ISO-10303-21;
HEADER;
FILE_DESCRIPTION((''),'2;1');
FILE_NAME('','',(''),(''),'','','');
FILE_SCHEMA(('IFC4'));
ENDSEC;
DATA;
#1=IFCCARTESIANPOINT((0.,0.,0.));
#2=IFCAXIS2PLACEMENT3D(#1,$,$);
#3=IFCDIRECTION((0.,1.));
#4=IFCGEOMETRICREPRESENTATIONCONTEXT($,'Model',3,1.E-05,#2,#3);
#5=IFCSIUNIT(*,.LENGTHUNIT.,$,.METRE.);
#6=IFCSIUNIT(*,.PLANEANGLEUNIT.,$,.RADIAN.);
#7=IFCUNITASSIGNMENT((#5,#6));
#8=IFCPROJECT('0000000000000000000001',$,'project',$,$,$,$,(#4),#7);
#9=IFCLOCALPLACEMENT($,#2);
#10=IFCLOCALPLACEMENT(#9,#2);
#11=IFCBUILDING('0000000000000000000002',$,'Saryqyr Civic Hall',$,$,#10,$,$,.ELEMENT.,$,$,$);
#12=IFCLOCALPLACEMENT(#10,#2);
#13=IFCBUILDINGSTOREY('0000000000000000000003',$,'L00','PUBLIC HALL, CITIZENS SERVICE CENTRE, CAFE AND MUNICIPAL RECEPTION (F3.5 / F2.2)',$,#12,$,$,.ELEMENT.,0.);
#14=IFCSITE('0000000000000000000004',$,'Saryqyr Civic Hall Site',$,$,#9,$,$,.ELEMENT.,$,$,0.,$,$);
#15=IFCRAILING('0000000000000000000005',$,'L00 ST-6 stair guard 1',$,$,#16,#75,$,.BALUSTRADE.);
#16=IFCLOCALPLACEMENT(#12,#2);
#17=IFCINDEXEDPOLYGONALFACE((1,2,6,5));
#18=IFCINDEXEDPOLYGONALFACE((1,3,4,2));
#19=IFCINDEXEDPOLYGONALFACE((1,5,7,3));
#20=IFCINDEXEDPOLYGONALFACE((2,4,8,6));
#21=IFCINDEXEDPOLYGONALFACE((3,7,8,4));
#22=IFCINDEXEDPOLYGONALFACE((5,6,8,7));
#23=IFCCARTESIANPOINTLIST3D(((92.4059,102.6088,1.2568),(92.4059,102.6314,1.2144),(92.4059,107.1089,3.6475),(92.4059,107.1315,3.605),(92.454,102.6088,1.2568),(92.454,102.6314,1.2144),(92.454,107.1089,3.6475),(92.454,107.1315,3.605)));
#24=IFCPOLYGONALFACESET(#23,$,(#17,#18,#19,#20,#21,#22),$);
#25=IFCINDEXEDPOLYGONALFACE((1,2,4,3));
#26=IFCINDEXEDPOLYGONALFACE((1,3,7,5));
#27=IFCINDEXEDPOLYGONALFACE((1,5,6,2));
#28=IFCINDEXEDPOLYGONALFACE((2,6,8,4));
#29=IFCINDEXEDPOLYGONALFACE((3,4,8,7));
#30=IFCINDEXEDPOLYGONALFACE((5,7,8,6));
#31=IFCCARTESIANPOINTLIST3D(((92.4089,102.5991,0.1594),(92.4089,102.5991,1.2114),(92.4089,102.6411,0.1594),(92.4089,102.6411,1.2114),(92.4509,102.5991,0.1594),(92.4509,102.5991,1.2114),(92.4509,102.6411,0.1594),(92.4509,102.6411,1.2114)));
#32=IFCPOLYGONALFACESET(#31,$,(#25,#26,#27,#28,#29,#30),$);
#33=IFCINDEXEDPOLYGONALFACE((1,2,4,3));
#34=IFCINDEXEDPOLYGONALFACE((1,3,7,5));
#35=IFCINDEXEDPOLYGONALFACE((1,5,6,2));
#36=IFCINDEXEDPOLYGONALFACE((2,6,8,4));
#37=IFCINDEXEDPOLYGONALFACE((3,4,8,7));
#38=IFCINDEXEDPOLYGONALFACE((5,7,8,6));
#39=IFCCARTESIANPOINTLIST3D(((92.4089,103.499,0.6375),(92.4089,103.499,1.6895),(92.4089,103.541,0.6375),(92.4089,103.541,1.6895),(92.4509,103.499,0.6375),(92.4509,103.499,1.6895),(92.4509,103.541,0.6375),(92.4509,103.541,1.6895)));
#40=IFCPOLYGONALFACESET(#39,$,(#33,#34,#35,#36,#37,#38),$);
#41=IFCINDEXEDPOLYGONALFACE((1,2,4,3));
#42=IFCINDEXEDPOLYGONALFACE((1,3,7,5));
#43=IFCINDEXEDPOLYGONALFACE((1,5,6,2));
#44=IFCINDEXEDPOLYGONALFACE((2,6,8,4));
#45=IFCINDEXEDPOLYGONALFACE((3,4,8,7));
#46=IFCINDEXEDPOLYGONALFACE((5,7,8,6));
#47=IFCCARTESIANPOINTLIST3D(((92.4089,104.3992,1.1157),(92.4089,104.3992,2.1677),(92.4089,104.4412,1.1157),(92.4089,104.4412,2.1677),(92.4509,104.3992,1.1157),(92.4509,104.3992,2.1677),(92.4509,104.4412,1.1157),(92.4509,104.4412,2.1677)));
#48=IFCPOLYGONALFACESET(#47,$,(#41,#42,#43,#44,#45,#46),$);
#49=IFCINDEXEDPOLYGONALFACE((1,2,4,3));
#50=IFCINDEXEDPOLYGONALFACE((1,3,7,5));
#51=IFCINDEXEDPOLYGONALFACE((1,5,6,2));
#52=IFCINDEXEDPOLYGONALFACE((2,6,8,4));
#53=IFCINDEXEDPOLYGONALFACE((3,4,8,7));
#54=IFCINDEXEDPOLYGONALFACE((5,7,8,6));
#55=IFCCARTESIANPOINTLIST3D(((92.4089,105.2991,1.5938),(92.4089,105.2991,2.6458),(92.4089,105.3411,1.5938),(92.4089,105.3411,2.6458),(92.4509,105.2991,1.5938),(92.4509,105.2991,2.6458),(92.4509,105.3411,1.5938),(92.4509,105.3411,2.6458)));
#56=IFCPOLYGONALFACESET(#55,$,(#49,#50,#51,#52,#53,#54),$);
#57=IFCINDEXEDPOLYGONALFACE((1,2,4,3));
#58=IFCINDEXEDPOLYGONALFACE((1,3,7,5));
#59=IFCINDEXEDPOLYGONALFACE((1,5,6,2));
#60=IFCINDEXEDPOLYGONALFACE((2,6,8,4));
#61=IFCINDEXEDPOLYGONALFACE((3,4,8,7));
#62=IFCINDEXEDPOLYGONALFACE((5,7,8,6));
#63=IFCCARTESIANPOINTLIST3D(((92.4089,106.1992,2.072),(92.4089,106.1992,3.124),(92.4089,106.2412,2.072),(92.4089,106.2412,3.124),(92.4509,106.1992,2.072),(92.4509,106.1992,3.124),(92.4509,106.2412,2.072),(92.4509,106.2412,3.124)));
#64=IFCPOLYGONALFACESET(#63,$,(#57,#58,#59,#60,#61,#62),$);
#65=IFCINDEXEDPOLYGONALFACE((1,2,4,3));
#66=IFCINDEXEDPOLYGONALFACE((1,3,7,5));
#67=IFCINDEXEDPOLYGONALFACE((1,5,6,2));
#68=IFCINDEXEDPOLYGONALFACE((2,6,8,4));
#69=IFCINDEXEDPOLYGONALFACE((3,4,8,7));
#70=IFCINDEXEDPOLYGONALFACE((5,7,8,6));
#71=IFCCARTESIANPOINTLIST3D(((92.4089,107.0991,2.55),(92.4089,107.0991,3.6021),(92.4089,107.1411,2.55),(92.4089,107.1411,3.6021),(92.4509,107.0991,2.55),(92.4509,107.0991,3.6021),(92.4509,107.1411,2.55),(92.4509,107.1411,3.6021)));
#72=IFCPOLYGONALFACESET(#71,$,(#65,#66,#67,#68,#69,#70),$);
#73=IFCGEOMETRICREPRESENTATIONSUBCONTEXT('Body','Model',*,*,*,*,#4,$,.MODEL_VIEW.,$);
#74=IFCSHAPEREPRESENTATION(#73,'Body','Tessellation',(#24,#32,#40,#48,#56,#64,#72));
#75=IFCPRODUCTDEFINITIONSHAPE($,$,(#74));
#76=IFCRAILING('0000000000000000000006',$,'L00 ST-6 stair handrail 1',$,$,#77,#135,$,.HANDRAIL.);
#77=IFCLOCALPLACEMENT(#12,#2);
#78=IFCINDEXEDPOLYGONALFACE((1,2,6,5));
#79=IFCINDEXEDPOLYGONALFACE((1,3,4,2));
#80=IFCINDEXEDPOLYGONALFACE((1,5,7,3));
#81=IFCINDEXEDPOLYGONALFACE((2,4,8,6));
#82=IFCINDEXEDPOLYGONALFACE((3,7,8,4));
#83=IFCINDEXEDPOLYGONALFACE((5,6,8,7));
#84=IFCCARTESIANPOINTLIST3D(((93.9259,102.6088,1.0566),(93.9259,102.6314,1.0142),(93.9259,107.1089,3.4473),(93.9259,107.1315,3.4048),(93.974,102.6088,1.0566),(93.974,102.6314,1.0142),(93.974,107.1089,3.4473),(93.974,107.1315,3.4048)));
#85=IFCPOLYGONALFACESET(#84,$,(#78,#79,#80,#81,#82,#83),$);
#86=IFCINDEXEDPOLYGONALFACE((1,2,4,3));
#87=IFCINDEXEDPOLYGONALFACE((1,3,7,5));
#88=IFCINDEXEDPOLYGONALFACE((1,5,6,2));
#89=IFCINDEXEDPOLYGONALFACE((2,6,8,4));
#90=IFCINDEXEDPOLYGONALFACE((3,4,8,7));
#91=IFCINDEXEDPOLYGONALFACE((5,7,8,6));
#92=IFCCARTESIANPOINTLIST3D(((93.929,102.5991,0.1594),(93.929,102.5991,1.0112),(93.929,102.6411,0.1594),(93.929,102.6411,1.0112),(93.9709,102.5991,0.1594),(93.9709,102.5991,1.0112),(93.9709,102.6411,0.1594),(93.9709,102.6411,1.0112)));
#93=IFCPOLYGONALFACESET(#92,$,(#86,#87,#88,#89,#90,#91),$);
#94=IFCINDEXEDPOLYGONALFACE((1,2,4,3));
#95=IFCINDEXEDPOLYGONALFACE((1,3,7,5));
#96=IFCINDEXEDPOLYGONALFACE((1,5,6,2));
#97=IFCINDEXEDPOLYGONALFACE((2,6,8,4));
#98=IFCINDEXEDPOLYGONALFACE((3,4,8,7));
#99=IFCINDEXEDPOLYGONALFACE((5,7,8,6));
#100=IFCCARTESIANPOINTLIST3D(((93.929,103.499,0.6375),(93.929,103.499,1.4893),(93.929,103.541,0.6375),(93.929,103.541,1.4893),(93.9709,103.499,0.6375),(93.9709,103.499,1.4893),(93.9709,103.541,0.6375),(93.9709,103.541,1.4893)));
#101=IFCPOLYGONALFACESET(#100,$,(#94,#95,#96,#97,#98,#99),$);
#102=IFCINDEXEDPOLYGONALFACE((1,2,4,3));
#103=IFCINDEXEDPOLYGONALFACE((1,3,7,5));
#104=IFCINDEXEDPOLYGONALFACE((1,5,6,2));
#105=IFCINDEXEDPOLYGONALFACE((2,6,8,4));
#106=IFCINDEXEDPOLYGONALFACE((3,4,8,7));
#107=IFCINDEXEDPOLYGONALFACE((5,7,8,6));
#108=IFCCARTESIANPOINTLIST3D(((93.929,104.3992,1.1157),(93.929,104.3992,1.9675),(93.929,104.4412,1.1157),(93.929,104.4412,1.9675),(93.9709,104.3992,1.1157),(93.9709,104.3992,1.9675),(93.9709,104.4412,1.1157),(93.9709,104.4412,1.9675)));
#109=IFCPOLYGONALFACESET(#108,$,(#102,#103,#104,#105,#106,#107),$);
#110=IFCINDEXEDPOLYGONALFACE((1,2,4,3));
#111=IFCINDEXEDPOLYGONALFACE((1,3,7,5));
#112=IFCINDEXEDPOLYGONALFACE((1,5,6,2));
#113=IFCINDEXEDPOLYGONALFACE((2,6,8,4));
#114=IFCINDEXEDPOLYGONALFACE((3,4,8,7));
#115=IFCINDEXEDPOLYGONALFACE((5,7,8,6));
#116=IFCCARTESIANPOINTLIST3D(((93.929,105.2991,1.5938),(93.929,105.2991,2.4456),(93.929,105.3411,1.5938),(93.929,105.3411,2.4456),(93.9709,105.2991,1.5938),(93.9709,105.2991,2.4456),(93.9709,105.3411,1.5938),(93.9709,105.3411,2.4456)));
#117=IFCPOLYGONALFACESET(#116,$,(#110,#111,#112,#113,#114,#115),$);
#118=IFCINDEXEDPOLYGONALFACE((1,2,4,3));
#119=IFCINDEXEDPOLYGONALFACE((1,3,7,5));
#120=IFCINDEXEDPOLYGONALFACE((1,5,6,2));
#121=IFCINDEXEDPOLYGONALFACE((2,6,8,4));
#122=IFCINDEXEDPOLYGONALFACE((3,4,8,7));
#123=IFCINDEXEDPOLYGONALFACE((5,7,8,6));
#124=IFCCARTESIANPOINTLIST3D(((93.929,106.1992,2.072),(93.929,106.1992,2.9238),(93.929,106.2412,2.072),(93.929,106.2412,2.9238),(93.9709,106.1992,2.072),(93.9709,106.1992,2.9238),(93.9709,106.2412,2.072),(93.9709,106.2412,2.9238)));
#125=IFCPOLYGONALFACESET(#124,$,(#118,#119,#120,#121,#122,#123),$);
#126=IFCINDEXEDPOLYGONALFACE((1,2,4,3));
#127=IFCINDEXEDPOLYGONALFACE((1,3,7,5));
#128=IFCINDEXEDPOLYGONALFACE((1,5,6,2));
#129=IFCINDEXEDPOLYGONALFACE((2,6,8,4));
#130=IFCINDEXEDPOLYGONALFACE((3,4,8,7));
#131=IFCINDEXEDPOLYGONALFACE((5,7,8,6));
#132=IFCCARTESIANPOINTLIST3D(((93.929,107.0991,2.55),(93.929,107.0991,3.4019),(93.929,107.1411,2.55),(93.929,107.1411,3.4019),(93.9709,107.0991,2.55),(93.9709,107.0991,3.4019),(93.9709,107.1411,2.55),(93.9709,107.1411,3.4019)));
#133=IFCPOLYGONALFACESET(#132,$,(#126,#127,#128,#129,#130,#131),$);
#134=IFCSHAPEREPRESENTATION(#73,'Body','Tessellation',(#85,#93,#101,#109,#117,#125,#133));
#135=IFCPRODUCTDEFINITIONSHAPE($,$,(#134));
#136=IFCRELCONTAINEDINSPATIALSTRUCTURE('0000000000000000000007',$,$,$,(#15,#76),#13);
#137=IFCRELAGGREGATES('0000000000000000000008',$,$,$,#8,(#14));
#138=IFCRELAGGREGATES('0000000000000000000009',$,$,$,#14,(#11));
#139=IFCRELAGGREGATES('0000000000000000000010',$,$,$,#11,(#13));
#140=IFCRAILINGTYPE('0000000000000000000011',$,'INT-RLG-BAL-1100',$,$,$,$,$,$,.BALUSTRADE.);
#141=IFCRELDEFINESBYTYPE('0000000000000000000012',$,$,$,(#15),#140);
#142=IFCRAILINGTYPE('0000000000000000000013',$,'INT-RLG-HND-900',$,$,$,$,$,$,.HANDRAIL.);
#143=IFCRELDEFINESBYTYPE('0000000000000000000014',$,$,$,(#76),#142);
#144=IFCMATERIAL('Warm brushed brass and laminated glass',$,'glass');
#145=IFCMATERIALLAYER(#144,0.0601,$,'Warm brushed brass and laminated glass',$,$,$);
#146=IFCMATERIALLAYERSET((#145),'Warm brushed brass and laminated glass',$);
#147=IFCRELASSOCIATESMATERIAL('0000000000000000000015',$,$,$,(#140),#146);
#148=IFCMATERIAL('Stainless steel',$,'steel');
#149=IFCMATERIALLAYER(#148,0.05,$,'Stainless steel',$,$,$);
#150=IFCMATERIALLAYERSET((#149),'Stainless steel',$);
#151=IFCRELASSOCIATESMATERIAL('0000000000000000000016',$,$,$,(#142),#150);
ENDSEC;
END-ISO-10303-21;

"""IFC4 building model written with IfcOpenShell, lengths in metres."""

from ifc_helpers import new_model, si_unit, direction, frame, origin, origin_2d, place, context, subcontext, project, spatial, rectangle, extrude, material, layer, layer_set, type_object, element, save


model = new_model("IFC4")

# Units and contexts
model_context = context("Model", 3, precision=1e-05, world=origin(), true_north=direction((0.0, 1.0)))
body_context = subcontext(model_context, "Body", "Model", "MODEL_VIEW")
ifc_project = project(units=[si_unit("LENGTHUNIT", "METRE"), si_unit("PLANEANGLEUNIT", "RADIAN")], contexts=[model_context])

# Site, building, storey
site_placement = place(None, origin())
site = spatial("IfcSite", under=ifc_project, at=site_placement, Name="Saryqyr Civic Hall Site", CompositionType="ELEMENT", RefElevation=0.0)
building_placement = place(site_placement, origin())
building = spatial("IfcBuilding", under=site, at=building_placement, Name="Saryqyr Civic Hall", CompositionType="ELEMENT")
storey_placement = place(building_placement, origin())
storey = spatial("IfcBuildingStorey", under=building, at=storey_placement, Name="L00", Description="PUBLIC HALL, CITIZENS SERVICE CENTRE, CAFE AND MUNICIPAL RECEPTION (F3.5 / F2.2)", CompositionType="ELEMENT", Elevation=0.0)

# Railings
ifc_material_1 = material(Name="Warm brushed brass and laminated glass", Category="glass")
ifc_layer_1 = layer(ifc_material_1, 0.0601, Name="Warm brushed brass and laminated glass")
ifc_layer_set_1 = layer_set([ifc_layer_1], Name="Warm brushed brass and laminated glass")
railing_type_1 = type_object("IfcRailingType", Name="INT-RLG-BAL-1100", PredefinedType="BALUSTRADE", material=ifc_layer_set_1)
railing_1_placement = place(storey_placement, frame((92.4299, 102.6201, 0.1594)))
element("IfcRailing", 1, at=railing_1_placement, inside=storey, type_object=railing_type_1, Name="L00 ST-6 stair guard 1", PredefinedType="BALUSTRADE", context=body_context, shape_type="SweptSolid", body=[
    extrude(rectangle(XDim=0.0481, YDim=0.0481, at=origin_2d()), frame((0.0, 0.0, 1.0762), z_axis=(0.0, 0.883116, 0.469155), x_axis=(-1.0, 0.0, 0.0)), (0.0, 0.0, 1.0), 5.0957),
    extrude(rectangle(XDim=0.042, YDim=0.042, at=origin_2d()), origin(), (0.0, 0.0, 1.0), 1.052),
    extrude(rectangle(XDim=0.042, YDim=0.042, at=origin_2d()), frame((0.0, 0.8999, 0.478)), (0.0, 0.0, 1.0), 1.052),
    extrude(rectangle(XDim=0.042, YDim=0.042, at=origin_2d()), frame((0.0, 1.8, 0.9563)), (0.0, 0.0, 1.0), 1.052),
    extrude(rectangle(XDim=0.042, YDim=0.042, at=origin_2d()), frame((0.0, 2.7, 1.4343)), (0.0, 0.0, 1.0), 1.052),
    extrude(rectangle(XDim=0.042, YDim=0.042, at=origin_2d()), frame((0.0, 3.6001, 1.9126)), (0.0, 0.0, 1.0), 1.052),
    extrude(rectangle(XDim=0.042, YDim=0.042, at=origin_2d()), frame((0.0, 4.5, 2.3906)), (0.0, 0.0, 1.0), 1.052),
])
ifc_material_2 = material(Name="Stainless steel", Category="steel")
ifc_layer_2 = layer(ifc_material_2, 0.05, Name="Stainless steel")
ifc_layer_set_2 = layer_set([ifc_layer_2], Name="Stainless steel")
railing_type_2 = type_object("IfcRailingType", Name="INT-RLG-HND-900", PredefinedType="HANDRAIL", material=ifc_layer_set_2)
railing_2_placement = place(storey_placement, frame((93.95, 102.6201, 0.1594)))
element("IfcRailing", 2, at=railing_2_placement, inside=storey, type_object=railing_type_2, Name="L00 ST-6 stair handrail 1", PredefinedType="HANDRAIL", context=body_context, shape_type="SweptSolid", body=[
    extrude(rectangle(XDim=0.0481, YDim=0.0481, at=origin_2d()), frame((0.0, 0.0, 0.876), z_axis=(0.0, 0.883116, 0.469155), x_axis=(-1.0, 0.0, 0.0)), (0.0, 0.0, 1.0), 5.0957),
    extrude(rectangle(XDim=0.042, YDim=0.042, at=origin_2d()), origin(), (0.0, 0.0, 1.0), 0.8518),
    extrude(rectangle(XDim=0.042, YDim=0.042, at=origin_2d()), frame((0.0, 0.8999, 0.478)), (0.0, 0.0, 1.0), 0.8518),
    extrude(rectangle(XDim=0.042, YDim=0.042, at=origin_2d()), frame((0.0, 1.8, 0.9563)), (0.0, 0.0, 1.0), 0.8518),
    extrude(rectangle(XDim=0.042, YDim=0.042, at=origin_2d()), frame((0.0, 2.7, 1.4343)), (0.0, 0.0, 1.0), 0.8518),
    extrude(rectangle(XDim=0.042, YDim=0.042, at=origin_2d()), frame((0.0, 3.6001, 1.9126)), (0.0, 0.0, 1.0), 0.8518),
    extrude(rectangle(XDim=0.042, YDim=0.042, at=origin_2d()), frame((0.0, 4.5, 2.3906)), (0.0, 0.0, 1.0), 0.8518),
])

save(model, "model.ifc")
